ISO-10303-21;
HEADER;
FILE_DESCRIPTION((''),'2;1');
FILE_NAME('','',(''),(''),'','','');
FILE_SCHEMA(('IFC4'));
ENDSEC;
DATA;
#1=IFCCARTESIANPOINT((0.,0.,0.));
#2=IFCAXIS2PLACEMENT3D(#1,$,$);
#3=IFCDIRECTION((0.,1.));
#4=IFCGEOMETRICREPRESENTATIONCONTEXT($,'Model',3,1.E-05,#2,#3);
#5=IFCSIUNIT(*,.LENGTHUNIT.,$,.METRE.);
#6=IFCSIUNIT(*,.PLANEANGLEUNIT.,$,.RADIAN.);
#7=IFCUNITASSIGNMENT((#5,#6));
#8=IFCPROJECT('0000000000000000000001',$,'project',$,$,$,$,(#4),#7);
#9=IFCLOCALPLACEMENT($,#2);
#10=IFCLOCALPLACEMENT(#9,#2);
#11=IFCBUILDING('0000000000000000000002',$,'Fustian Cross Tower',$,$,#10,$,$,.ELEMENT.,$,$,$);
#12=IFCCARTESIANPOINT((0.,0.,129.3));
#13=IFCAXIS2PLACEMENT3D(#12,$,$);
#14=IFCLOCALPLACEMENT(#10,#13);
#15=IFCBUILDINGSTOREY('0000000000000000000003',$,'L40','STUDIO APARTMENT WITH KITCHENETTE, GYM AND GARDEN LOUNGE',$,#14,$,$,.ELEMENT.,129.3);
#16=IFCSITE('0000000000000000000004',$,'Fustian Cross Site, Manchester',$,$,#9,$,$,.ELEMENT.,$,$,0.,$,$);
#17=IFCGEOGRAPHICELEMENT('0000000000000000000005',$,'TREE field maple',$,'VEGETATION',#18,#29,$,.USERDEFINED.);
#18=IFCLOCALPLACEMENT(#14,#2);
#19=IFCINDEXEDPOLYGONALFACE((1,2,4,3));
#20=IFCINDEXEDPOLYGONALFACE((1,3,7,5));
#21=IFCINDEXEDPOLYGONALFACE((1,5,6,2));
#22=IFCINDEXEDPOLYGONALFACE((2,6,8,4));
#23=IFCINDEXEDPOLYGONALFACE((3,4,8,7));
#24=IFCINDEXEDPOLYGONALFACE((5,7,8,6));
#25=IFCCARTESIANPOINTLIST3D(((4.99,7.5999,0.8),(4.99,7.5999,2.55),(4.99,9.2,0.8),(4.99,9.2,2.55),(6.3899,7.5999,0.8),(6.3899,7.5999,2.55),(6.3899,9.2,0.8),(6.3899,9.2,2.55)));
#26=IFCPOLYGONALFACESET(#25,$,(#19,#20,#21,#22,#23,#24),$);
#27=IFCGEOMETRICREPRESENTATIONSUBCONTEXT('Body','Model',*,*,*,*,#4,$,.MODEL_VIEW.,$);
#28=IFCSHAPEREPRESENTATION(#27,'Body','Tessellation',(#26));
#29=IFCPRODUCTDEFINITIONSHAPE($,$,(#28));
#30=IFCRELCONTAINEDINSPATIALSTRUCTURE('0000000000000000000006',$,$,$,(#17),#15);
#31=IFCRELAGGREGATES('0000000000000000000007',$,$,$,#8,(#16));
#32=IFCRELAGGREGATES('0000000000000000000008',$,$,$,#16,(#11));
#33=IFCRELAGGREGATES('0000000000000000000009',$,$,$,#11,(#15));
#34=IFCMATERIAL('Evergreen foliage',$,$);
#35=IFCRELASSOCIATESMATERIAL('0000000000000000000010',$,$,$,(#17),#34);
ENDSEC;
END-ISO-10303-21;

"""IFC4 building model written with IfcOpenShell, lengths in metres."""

from ifc_helpers import new_model, si_unit, direction, frame, origin, origin_2d, place, context, subcontext, project, spatial, rectangle, extrude, material, element, save


model = new_model("IFC4")

# Units and contexts
model_context = context("Model", 3, precision=1e-05, world=origin(), true_north=direction((0.0, 1.0)))
body_context = subcontext(model_context, "Body", "Model", "MODEL_VIEW")
ifc_project = project(units=[si_unit("LENGTHUNIT", "METRE"), si_unit("PLANEANGLEUNIT", "RADIAN")], contexts=[model_context])

# Site, building, storey
site_placement = place(None, origin())
site = spatial("IfcSite", under=ifc_project, at=site_placement, Name="Fustian Cross Site, Manchester", CompositionType="ELEMENT", RefElevation=0.0)
building_placement = place(site_placement, origin())
building = spatial("IfcBuilding", under=site, at=building_placement, Name="Fustian Cross Tower", CompositionType="ELEMENT")
storey_placement = place(building_placement, frame((0.0, 0.0, 129.3)))
storey = spatial("IfcBuildingStorey", under=building, at=storey_placement, Name="L40", Description="STUDIO APARTMENT WITH KITCHENETTE, GYM AND GARDEN LOUNGE", CompositionType="ELEMENT", Elevation=129.3)

# Geographic element
ifc_material_1 = material(Name="Evergreen foliage")
geographic_element_placement = place(storey_placement, frame((5.6899, 8.3999, 0.8), z_axis=(0.0, 0.0, 1.0), x_axis=(1.0, 0.0, 0.0)))
element("IfcGeographicElement", 1, at=geographic_element_placement, inside=storey, material=ifc_material_1, Name="TREE field maple", ObjectType="VEGETATION", PredefinedType="USERDEFINED", context=body_context, shape_type="SweptSolid", body=[
    extrude(rectangle(XDim=1.3999, YDim=1.6001, at=origin_2d()), origin(), (0.0, 0.0, 1.0), 1.75),
])

save(model, "model.ifc")
